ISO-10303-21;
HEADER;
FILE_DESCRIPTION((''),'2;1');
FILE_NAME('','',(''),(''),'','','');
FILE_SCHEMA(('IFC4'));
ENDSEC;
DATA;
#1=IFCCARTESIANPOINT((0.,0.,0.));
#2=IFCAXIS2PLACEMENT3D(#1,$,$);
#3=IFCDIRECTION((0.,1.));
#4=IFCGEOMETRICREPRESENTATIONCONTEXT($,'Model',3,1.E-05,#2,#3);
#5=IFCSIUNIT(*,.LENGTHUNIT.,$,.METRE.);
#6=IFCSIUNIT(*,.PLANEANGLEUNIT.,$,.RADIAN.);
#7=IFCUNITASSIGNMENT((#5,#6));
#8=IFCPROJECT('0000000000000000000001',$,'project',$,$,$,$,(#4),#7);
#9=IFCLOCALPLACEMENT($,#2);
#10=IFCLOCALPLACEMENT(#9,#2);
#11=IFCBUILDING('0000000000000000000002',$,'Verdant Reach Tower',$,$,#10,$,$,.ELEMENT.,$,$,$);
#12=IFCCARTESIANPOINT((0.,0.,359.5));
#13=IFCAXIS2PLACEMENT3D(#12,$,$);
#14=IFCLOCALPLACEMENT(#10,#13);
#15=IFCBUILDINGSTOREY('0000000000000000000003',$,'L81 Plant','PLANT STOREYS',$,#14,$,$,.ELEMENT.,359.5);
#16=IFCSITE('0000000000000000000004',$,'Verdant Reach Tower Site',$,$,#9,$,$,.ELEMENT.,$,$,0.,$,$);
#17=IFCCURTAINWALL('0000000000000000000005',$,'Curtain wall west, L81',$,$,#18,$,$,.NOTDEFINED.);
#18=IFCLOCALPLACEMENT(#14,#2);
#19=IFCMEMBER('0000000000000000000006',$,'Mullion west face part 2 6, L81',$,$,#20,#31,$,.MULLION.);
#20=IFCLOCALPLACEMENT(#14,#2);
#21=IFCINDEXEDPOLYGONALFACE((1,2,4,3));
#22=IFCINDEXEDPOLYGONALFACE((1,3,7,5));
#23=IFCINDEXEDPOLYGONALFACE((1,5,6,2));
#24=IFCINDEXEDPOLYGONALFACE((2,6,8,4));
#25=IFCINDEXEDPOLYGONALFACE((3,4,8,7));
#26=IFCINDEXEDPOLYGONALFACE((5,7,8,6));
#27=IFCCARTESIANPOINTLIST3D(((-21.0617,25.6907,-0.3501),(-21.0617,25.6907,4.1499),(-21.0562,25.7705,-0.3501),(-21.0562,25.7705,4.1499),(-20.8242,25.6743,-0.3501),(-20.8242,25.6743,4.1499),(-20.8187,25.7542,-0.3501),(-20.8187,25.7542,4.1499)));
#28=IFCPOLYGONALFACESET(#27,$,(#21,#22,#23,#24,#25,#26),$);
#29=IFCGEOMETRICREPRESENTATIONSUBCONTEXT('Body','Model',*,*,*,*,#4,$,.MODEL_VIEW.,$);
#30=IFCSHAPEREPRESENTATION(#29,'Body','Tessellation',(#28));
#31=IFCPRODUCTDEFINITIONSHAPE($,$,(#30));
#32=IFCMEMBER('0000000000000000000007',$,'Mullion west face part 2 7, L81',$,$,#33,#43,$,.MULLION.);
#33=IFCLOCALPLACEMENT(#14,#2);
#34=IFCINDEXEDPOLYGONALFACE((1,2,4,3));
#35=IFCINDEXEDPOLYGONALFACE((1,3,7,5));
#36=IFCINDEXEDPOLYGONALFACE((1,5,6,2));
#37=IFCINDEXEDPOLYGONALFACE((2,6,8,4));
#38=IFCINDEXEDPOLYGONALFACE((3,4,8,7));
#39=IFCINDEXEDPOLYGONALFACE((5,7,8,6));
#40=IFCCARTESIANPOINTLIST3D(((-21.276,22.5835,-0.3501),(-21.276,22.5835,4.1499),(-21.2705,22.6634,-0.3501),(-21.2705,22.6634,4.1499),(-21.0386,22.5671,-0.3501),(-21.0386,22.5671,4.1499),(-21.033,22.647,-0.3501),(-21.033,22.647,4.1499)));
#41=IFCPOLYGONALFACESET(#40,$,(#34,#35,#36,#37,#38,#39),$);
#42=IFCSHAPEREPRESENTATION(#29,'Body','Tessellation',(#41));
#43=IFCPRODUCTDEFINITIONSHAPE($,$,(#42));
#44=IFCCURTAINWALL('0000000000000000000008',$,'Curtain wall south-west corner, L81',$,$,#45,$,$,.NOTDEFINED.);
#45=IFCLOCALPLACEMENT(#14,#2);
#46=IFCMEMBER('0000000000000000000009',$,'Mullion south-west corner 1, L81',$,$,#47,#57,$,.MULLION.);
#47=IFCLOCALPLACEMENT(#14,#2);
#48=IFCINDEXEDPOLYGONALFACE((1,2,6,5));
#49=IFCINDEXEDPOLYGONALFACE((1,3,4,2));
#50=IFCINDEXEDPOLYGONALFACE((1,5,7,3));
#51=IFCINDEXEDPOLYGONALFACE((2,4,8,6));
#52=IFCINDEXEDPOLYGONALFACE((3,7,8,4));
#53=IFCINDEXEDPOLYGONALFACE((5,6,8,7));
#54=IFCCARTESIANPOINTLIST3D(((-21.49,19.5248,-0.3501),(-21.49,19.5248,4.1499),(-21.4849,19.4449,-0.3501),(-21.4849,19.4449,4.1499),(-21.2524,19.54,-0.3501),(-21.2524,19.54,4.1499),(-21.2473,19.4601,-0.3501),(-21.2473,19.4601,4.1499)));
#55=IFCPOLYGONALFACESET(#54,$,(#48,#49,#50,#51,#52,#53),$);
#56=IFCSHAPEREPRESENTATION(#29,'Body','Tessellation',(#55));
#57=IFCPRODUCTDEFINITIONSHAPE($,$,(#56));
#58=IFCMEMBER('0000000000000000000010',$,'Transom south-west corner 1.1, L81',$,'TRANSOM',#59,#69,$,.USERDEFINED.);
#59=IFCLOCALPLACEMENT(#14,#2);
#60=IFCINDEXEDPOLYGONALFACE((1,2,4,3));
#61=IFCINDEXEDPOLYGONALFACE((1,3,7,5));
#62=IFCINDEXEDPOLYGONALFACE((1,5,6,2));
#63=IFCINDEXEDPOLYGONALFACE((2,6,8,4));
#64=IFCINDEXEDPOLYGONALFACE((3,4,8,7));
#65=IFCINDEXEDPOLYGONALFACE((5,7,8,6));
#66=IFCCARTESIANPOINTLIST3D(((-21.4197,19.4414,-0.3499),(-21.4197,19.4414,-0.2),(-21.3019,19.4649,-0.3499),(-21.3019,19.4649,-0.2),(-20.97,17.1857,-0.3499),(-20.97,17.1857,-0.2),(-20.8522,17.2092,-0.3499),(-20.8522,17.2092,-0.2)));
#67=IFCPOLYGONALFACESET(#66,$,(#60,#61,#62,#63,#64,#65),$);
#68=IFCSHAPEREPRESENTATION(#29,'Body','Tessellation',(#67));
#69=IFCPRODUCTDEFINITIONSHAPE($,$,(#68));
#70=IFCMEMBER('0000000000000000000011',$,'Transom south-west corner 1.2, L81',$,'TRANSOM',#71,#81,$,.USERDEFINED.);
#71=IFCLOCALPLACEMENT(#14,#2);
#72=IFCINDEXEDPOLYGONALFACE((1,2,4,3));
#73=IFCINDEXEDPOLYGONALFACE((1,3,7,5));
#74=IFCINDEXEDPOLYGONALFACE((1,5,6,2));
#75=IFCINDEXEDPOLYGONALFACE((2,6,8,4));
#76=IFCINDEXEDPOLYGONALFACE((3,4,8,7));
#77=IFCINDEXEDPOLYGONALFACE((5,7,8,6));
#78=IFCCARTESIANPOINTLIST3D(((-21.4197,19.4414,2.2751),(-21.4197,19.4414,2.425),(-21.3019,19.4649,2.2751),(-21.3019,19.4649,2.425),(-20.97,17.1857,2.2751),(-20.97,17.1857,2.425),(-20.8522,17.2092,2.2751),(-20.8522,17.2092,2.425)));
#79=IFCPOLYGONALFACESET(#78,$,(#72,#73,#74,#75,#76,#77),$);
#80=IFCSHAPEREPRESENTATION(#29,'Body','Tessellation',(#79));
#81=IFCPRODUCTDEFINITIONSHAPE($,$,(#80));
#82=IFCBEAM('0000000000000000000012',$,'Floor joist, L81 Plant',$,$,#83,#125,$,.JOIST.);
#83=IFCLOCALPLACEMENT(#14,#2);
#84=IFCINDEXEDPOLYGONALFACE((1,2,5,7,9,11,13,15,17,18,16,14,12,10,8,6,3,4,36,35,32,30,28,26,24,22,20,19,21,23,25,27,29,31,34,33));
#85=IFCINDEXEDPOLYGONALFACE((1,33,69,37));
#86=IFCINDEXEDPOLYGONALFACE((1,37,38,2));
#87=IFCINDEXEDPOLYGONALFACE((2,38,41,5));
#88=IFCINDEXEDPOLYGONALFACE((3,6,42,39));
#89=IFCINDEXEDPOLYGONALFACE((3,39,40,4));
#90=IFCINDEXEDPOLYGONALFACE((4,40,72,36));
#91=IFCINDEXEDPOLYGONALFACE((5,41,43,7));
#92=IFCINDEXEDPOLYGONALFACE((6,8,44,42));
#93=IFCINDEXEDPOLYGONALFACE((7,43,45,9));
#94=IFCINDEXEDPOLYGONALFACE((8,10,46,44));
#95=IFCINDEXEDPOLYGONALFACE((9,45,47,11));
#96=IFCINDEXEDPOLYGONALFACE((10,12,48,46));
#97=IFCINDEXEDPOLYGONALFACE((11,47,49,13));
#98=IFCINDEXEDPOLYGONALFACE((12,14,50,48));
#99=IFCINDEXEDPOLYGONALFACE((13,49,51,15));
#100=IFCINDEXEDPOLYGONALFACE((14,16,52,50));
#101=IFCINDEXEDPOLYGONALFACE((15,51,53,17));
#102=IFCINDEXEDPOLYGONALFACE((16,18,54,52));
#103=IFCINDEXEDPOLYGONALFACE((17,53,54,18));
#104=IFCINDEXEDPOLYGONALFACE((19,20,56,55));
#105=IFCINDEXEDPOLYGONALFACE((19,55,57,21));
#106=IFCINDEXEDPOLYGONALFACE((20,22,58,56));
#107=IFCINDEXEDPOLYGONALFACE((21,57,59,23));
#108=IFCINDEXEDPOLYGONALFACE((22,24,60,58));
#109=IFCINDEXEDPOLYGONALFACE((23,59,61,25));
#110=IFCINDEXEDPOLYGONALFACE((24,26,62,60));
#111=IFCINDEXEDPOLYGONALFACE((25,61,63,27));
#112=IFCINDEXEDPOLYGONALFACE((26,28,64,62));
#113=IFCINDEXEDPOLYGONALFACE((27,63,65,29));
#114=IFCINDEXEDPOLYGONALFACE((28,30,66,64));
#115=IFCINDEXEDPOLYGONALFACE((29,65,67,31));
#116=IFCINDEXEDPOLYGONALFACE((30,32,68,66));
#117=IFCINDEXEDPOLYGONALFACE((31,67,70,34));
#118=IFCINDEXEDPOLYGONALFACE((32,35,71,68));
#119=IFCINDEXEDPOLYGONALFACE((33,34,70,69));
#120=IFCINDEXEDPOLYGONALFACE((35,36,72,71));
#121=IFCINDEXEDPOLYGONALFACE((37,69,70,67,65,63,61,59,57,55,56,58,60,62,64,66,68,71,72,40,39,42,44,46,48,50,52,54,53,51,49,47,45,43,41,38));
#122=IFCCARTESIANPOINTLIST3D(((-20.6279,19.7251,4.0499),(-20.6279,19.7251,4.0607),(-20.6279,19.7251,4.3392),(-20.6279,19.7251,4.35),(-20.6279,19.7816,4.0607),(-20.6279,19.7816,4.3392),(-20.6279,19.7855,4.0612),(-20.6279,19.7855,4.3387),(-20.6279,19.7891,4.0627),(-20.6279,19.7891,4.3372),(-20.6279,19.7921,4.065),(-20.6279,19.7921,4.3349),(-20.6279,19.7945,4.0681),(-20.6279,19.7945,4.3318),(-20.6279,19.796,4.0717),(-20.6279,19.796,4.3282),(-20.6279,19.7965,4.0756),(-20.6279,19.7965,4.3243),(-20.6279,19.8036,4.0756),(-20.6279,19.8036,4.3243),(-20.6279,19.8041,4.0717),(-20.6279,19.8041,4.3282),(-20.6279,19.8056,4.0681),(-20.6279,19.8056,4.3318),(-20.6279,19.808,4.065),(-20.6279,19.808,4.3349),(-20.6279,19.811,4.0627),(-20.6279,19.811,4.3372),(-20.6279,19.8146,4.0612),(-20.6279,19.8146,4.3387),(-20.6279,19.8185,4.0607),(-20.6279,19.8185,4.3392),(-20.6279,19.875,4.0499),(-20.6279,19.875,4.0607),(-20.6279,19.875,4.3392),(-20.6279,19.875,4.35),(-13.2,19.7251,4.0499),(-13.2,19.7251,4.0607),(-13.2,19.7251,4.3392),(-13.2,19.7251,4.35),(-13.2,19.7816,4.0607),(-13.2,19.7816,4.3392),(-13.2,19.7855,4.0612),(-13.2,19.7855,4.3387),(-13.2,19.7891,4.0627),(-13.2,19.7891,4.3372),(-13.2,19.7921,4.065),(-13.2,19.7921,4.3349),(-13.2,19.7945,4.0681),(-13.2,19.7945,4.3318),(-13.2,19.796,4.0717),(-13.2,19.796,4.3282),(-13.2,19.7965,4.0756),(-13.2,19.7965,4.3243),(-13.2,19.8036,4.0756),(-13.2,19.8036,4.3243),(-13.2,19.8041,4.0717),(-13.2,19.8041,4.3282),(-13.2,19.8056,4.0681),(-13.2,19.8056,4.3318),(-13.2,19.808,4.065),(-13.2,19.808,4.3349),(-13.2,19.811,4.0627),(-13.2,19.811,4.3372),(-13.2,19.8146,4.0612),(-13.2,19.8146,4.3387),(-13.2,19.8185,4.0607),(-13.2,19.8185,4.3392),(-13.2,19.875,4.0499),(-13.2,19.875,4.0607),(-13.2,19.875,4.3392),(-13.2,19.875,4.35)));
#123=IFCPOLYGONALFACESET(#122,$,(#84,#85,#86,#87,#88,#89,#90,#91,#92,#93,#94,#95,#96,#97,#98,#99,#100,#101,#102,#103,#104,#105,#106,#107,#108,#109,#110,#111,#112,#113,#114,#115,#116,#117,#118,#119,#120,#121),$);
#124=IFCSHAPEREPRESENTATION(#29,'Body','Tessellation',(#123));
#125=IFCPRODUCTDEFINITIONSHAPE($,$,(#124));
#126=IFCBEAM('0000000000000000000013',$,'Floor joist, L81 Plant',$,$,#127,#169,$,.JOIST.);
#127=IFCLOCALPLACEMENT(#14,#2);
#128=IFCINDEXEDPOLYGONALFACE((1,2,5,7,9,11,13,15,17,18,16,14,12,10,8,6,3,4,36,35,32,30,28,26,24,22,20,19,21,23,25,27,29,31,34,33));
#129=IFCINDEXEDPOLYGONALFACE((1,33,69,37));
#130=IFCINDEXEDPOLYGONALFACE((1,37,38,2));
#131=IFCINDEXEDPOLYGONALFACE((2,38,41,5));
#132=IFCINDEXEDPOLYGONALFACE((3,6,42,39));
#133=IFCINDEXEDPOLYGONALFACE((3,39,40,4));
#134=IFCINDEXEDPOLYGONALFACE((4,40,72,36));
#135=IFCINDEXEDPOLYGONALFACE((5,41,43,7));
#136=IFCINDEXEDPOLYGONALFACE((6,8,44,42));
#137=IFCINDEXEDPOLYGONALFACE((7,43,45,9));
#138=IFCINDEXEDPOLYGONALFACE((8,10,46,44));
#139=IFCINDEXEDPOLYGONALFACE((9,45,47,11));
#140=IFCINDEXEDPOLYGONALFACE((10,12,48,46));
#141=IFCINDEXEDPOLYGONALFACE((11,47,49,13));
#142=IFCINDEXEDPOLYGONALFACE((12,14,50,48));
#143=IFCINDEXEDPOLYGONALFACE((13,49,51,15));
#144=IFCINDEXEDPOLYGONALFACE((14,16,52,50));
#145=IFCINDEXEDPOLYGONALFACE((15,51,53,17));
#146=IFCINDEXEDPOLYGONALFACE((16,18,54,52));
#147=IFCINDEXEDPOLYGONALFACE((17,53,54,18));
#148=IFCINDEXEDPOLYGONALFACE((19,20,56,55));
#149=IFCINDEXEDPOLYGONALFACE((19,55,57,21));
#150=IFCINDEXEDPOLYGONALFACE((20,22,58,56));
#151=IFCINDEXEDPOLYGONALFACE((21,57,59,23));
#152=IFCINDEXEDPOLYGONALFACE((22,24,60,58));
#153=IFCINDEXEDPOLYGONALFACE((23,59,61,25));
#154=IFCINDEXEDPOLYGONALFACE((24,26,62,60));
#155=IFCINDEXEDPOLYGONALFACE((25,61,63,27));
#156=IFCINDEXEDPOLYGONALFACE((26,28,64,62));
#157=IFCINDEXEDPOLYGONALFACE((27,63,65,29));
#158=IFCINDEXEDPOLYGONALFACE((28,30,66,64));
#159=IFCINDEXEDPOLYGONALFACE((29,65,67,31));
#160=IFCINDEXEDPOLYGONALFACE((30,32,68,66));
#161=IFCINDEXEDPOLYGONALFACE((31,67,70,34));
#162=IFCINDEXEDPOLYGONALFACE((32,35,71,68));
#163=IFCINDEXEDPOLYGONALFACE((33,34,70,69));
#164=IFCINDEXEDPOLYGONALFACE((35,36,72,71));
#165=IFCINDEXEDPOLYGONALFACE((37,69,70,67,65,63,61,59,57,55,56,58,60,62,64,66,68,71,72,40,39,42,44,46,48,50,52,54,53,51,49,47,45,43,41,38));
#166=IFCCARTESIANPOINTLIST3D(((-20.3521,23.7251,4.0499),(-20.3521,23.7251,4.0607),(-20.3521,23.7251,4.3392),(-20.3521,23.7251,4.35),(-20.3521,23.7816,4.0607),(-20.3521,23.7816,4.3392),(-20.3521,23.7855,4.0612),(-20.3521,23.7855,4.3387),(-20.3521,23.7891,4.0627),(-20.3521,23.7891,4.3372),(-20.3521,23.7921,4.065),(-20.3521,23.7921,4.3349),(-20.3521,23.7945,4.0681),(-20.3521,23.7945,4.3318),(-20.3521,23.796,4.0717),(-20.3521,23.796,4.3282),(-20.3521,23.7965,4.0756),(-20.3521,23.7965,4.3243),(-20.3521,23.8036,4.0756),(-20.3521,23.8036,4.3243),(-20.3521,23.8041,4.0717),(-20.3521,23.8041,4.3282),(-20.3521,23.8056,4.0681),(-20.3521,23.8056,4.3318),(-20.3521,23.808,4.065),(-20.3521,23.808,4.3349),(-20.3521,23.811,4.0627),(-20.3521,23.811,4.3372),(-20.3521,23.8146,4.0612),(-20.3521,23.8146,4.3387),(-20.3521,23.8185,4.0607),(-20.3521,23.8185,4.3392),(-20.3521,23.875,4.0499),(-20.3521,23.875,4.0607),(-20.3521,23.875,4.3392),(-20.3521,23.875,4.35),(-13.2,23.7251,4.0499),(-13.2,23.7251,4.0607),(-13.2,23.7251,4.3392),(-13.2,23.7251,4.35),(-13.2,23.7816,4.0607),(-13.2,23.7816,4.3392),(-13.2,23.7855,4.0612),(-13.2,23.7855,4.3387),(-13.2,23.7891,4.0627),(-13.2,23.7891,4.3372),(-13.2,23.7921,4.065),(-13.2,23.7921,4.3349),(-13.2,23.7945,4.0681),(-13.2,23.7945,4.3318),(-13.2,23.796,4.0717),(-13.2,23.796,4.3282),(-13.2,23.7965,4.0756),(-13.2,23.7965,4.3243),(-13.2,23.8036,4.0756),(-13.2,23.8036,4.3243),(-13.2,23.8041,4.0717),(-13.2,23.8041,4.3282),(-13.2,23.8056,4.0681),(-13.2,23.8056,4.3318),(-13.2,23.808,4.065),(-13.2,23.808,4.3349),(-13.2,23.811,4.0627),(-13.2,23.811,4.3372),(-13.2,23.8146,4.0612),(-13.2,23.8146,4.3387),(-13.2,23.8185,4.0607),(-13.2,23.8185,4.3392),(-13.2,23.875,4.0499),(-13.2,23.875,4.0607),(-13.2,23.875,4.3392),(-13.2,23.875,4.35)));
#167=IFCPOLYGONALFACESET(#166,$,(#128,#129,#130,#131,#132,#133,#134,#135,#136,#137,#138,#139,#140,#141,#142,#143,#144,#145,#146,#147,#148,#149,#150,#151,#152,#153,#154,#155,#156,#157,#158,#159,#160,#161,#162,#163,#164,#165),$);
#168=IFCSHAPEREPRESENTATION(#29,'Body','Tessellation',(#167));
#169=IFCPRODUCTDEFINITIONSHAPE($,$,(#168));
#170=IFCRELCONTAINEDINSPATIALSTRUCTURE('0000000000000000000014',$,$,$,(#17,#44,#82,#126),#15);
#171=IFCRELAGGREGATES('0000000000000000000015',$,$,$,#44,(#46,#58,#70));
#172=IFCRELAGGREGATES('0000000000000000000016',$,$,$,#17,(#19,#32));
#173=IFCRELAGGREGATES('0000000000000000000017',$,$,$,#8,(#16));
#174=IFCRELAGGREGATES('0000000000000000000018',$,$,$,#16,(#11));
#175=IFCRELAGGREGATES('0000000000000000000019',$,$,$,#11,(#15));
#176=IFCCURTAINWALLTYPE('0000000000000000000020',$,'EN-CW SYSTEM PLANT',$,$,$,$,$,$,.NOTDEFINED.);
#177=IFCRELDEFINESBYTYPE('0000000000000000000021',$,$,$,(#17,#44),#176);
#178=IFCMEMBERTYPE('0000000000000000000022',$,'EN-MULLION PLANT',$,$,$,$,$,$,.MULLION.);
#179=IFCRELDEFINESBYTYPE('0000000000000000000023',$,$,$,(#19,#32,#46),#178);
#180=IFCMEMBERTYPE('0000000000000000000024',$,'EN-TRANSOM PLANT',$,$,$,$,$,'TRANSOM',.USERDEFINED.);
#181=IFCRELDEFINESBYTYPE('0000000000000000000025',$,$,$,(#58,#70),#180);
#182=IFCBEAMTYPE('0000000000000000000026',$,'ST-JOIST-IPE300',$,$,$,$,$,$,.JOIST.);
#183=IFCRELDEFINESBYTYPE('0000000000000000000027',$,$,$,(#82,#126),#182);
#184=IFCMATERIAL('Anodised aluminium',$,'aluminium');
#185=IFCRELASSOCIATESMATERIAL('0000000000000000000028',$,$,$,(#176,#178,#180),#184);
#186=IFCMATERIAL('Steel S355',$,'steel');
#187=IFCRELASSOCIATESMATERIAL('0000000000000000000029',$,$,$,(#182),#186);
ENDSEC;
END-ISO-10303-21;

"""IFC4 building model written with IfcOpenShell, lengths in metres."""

from ifc_helpers import new_model, si_unit, direction, frame, origin, origin_2d, place, context, subcontext, project, spatial, rectangle, i_section, extrude, material, material_profile, profile_set, type_object, element, aggregate, save


model = new_model("IFC4")

# Units and contexts
model_context = context("Model", 3, precision=1e-05, world=origin(), true_north=direction((0.0, 1.0)))
body_context = subcontext(model_context, "Body", "Model", "MODEL_VIEW")
ifc_project = project(units=[si_unit("LENGTHUNIT", "METRE"), si_unit("PLANEANGLEUNIT", "RADIAN")], contexts=[model_context])

# Site, building, storey
site_placement = place(None, origin())
site = spatial("IfcSite", under=ifc_project, at=site_placement, Name="Verdant Reach Tower Site", CompositionType="ELEMENT", RefElevation=0.0)
building_placement = place(site_placement, origin())
building = spatial("IfcBuilding", under=site, at=building_placement, Name="Verdant Reach Tower", CompositionType="ELEMENT")
storey_placement = place(building_placement, frame((0.0, 0.0, 359.5)))
storey = spatial("IfcBuildingStorey", under=building, at=storey_placement, Name="L81 Plant", Description="PLANT STOREYS", CompositionType="ELEMENT", Elevation=359.5)

# Curtain walls, members
ifc_material_1 = material(Name="Anodised aluminium", Category="aluminium")
curtain_wall_type = type_object("IfcCurtainWallType", Name="EN-CW SYSTEM PLANT", PredefinedType="NOTDEFINED", material=ifc_material_1)
curtain_wall_1_placement = place(storey_placement, origin())
curtain_wall_1 = element("IfcCurtainWall", 1, at=curtain_wall_1_placement, inside=storey, type_object=curtain_wall_type, Name="Curtain wall west, L81", PredefinedType="NOTDEFINED")
ifc_material_profile_1 = material_profile(ifc_material_1, rectangle(XDim=0.238, YDim=0.0801, at=origin_2d()), Name="Mullion 80x240")
ifc_profile_set_1 = profile_set([ifc_material_profile_1], Name="Anodised aluminium")
member_type_1 = type_object("IfcMemberType", Name="EN-MULLION PLANT", PredefinedType="MULLION", material=ifc_profile_set_1)
member_1_placement = place(storey_placement, frame((-20.9402, 25.7224, -0.3501), z_axis=(0.0, 0.0, 1.0), x_axis=(-0.99763, 0.068802, 0.0)))
member_1 = element("IfcMember", 2, at=member_1_placement, type_object=member_type_1, Name="Mullion west face part 2 6, L81", PredefinedType="MULLION", context=body_context, shape_type="SweptSolid", body=[
    extrude(rectangle(XDim=0.238, YDim=0.0801, at=origin_2d()), origin(), (0.0, 0.0, 1.0), 4.5),
])
member_2_placement = place(storey_placement, frame((-21.1545, 22.6152, -0.3501), z_axis=(0.0, 0.0, 1.0), x_axis=(-0.99763, 0.068802, 0.0)))
member_2 = element("IfcMember", 3, at=member_2_placement, type_object=member_type_1, Name="Mullion west face part 2 7, L81", PredefinedType="MULLION", context=body_context, shape_type="SweptSolid", body=[
    extrude(rectangle(XDim=0.238, YDim=0.0801, at=origin_2d()), origin(), (0.0, 0.0, 1.0), 4.5),
])
curtain_wall_2_placement = place(storey_placement, origin())
curtain_wall_2 = element("IfcCurtainWall", 4, at=curtain_wall_2_placement, inside=storey, type_object=curtain_wall_type, Name="Curtain wall south-west corner, L81", PredefinedType="NOTDEFINED")
member_3_placement = place(storey_placement, frame((-21.3687, 19.4924, -0.3501), z_axis=(0.0, 0.0, 1.0), x_axis=(-0.997969, -0.063699, 0.0)))
member_3 = element("IfcMember", 5, at=member_3_placement, type_object=member_type_1, Name="Mullion south-west corner 1, L81", PredefinedType="MULLION", context=body_context, shape_type="SweptSolid", body=[
    extrude(rectangle(XDim=0.238, YDim=0.0801, at=origin_2d()), origin(), (0.0, 0.0, 1.0), 4.5),
])
ifc_material_profile_2 = material_profile(ifc_material_1, rectangle(XDim=0.1201, YDim=0.1499, at=origin_2d()), Name="Transom 150x120")
ifc_profile_set_2 = profile_set([ifc_material_profile_2], Name="Anodised aluminium")
member_type_2 = type_object("IfcMemberType", Name="EN-TRANSOM PLANT", ElementType="TRANSOM", PredefinedType="USERDEFINED", material=ifc_profile_set_2)
member_4_placement = place(storey_placement, frame((-21.3608, 19.4531, -0.2749), z_axis=(0.195524, -0.980699, 0.0), x_axis=(0.980699, 0.195524, 0.0)))
member_4 = element("IfcMember", 6, at=member_4_placement, type_object=member_type_2, Name="Transom south-west corner 1.1, L81", ObjectType="TRANSOM", PredefinedType="USERDEFINED", context=body_context, shape_type="SweptSolid", body=[
    extrude(rectangle(XDim=0.1201, YDim=0.1499, at=origin_2d()), origin(), (0.0, 0.0, 1.0), 2.3),
])
member_5_placement = place(storey_placement, frame((-21.3608, 19.4531, 2.3501), z_axis=(0.195524, -0.980699, 0.0), x_axis=(0.980699, 0.195524, 0.0)))
member_5 = element("IfcMember", 7, at=member_5_placement, type_object=member_type_2, Name="Transom south-west corner 1.2, L81", ObjectType="TRANSOM", PredefinedType="USERDEFINED", context=body_context, shape_type="SweptSolid", body=[
    extrude(rectangle(XDim=0.1201, YDim=0.1499, at=origin_2d()), origin(), (0.0, 0.0, 1.0), 2.3),
])
aggregate(curtain_wall_2, [member_3, member_4, member_5])

# Beams
ifc_material_2 = material(Name="Steel S355", Category="steel")
ifc_material_profile_3 = material_profile(ifc_material_2, i_section(OverallWidth=0.1499, OverallDepth=0.3, WebThickness=0.0071, FlangeThickness=0.0107, FilletRadius=0.0149, at=origin_2d()), Name="IPE 300")
ifc_profile_set_3 = profile_set([ifc_material_profile_3], Name="Steel S355")
beam_type_1 = type_object("IfcBeamType", Name="ST-JOIST-IPE300", PredefinedType="JOIST", material=ifc_profile_set_3)
beam_1_placement = place(storey_placement, frame((-13.2, 19.8, 4.2), z_axis=(-1.0, 0.0, 0.0), x_axis=(0.0, -1.0, 0.0)))
element("IfcBeam", 8, at=beam_1_placement, inside=storey, type_object=beam_type_1, Name="Floor joist, L81 Plant", PredefinedType="JOIST", context=body_context, shape_type="SweptSolid", body=[
    extrude(i_section(OverallWidth=0.1499, OverallDepth=0.3, WebThickness=0.0071, FlangeThickness=0.0107, FilletRadius=0.0149, at=origin_2d()), origin(), (0.0, 0.0, 1.0), 7.428),
])
beam_2_placement = place(storey_placement, frame((-13.2, 23.8, 4.2), z_axis=(-1.0, 0.0, 0.0), x_axis=(0.0, -1.0, 0.0)))
element("IfcBeam", 9, at=beam_2_placement, inside=storey, type_object=beam_type_1, Name="Floor joist, L81 Plant", PredefinedType="JOIST", context=body_context, shape_type="SweptSolid", body=[
    extrude(i_section(OverallWidth=0.1499, OverallDepth=0.3, WebThickness=0.0071, FlangeThickness=0.0107, FilletRadius=0.0149, at=origin_2d()), origin(), (0.0, 0.0, 1.0), 7.1521),
])

aggregate(curtain_wall_1, [member_1, member_2])

save(model, "model.ifc")
